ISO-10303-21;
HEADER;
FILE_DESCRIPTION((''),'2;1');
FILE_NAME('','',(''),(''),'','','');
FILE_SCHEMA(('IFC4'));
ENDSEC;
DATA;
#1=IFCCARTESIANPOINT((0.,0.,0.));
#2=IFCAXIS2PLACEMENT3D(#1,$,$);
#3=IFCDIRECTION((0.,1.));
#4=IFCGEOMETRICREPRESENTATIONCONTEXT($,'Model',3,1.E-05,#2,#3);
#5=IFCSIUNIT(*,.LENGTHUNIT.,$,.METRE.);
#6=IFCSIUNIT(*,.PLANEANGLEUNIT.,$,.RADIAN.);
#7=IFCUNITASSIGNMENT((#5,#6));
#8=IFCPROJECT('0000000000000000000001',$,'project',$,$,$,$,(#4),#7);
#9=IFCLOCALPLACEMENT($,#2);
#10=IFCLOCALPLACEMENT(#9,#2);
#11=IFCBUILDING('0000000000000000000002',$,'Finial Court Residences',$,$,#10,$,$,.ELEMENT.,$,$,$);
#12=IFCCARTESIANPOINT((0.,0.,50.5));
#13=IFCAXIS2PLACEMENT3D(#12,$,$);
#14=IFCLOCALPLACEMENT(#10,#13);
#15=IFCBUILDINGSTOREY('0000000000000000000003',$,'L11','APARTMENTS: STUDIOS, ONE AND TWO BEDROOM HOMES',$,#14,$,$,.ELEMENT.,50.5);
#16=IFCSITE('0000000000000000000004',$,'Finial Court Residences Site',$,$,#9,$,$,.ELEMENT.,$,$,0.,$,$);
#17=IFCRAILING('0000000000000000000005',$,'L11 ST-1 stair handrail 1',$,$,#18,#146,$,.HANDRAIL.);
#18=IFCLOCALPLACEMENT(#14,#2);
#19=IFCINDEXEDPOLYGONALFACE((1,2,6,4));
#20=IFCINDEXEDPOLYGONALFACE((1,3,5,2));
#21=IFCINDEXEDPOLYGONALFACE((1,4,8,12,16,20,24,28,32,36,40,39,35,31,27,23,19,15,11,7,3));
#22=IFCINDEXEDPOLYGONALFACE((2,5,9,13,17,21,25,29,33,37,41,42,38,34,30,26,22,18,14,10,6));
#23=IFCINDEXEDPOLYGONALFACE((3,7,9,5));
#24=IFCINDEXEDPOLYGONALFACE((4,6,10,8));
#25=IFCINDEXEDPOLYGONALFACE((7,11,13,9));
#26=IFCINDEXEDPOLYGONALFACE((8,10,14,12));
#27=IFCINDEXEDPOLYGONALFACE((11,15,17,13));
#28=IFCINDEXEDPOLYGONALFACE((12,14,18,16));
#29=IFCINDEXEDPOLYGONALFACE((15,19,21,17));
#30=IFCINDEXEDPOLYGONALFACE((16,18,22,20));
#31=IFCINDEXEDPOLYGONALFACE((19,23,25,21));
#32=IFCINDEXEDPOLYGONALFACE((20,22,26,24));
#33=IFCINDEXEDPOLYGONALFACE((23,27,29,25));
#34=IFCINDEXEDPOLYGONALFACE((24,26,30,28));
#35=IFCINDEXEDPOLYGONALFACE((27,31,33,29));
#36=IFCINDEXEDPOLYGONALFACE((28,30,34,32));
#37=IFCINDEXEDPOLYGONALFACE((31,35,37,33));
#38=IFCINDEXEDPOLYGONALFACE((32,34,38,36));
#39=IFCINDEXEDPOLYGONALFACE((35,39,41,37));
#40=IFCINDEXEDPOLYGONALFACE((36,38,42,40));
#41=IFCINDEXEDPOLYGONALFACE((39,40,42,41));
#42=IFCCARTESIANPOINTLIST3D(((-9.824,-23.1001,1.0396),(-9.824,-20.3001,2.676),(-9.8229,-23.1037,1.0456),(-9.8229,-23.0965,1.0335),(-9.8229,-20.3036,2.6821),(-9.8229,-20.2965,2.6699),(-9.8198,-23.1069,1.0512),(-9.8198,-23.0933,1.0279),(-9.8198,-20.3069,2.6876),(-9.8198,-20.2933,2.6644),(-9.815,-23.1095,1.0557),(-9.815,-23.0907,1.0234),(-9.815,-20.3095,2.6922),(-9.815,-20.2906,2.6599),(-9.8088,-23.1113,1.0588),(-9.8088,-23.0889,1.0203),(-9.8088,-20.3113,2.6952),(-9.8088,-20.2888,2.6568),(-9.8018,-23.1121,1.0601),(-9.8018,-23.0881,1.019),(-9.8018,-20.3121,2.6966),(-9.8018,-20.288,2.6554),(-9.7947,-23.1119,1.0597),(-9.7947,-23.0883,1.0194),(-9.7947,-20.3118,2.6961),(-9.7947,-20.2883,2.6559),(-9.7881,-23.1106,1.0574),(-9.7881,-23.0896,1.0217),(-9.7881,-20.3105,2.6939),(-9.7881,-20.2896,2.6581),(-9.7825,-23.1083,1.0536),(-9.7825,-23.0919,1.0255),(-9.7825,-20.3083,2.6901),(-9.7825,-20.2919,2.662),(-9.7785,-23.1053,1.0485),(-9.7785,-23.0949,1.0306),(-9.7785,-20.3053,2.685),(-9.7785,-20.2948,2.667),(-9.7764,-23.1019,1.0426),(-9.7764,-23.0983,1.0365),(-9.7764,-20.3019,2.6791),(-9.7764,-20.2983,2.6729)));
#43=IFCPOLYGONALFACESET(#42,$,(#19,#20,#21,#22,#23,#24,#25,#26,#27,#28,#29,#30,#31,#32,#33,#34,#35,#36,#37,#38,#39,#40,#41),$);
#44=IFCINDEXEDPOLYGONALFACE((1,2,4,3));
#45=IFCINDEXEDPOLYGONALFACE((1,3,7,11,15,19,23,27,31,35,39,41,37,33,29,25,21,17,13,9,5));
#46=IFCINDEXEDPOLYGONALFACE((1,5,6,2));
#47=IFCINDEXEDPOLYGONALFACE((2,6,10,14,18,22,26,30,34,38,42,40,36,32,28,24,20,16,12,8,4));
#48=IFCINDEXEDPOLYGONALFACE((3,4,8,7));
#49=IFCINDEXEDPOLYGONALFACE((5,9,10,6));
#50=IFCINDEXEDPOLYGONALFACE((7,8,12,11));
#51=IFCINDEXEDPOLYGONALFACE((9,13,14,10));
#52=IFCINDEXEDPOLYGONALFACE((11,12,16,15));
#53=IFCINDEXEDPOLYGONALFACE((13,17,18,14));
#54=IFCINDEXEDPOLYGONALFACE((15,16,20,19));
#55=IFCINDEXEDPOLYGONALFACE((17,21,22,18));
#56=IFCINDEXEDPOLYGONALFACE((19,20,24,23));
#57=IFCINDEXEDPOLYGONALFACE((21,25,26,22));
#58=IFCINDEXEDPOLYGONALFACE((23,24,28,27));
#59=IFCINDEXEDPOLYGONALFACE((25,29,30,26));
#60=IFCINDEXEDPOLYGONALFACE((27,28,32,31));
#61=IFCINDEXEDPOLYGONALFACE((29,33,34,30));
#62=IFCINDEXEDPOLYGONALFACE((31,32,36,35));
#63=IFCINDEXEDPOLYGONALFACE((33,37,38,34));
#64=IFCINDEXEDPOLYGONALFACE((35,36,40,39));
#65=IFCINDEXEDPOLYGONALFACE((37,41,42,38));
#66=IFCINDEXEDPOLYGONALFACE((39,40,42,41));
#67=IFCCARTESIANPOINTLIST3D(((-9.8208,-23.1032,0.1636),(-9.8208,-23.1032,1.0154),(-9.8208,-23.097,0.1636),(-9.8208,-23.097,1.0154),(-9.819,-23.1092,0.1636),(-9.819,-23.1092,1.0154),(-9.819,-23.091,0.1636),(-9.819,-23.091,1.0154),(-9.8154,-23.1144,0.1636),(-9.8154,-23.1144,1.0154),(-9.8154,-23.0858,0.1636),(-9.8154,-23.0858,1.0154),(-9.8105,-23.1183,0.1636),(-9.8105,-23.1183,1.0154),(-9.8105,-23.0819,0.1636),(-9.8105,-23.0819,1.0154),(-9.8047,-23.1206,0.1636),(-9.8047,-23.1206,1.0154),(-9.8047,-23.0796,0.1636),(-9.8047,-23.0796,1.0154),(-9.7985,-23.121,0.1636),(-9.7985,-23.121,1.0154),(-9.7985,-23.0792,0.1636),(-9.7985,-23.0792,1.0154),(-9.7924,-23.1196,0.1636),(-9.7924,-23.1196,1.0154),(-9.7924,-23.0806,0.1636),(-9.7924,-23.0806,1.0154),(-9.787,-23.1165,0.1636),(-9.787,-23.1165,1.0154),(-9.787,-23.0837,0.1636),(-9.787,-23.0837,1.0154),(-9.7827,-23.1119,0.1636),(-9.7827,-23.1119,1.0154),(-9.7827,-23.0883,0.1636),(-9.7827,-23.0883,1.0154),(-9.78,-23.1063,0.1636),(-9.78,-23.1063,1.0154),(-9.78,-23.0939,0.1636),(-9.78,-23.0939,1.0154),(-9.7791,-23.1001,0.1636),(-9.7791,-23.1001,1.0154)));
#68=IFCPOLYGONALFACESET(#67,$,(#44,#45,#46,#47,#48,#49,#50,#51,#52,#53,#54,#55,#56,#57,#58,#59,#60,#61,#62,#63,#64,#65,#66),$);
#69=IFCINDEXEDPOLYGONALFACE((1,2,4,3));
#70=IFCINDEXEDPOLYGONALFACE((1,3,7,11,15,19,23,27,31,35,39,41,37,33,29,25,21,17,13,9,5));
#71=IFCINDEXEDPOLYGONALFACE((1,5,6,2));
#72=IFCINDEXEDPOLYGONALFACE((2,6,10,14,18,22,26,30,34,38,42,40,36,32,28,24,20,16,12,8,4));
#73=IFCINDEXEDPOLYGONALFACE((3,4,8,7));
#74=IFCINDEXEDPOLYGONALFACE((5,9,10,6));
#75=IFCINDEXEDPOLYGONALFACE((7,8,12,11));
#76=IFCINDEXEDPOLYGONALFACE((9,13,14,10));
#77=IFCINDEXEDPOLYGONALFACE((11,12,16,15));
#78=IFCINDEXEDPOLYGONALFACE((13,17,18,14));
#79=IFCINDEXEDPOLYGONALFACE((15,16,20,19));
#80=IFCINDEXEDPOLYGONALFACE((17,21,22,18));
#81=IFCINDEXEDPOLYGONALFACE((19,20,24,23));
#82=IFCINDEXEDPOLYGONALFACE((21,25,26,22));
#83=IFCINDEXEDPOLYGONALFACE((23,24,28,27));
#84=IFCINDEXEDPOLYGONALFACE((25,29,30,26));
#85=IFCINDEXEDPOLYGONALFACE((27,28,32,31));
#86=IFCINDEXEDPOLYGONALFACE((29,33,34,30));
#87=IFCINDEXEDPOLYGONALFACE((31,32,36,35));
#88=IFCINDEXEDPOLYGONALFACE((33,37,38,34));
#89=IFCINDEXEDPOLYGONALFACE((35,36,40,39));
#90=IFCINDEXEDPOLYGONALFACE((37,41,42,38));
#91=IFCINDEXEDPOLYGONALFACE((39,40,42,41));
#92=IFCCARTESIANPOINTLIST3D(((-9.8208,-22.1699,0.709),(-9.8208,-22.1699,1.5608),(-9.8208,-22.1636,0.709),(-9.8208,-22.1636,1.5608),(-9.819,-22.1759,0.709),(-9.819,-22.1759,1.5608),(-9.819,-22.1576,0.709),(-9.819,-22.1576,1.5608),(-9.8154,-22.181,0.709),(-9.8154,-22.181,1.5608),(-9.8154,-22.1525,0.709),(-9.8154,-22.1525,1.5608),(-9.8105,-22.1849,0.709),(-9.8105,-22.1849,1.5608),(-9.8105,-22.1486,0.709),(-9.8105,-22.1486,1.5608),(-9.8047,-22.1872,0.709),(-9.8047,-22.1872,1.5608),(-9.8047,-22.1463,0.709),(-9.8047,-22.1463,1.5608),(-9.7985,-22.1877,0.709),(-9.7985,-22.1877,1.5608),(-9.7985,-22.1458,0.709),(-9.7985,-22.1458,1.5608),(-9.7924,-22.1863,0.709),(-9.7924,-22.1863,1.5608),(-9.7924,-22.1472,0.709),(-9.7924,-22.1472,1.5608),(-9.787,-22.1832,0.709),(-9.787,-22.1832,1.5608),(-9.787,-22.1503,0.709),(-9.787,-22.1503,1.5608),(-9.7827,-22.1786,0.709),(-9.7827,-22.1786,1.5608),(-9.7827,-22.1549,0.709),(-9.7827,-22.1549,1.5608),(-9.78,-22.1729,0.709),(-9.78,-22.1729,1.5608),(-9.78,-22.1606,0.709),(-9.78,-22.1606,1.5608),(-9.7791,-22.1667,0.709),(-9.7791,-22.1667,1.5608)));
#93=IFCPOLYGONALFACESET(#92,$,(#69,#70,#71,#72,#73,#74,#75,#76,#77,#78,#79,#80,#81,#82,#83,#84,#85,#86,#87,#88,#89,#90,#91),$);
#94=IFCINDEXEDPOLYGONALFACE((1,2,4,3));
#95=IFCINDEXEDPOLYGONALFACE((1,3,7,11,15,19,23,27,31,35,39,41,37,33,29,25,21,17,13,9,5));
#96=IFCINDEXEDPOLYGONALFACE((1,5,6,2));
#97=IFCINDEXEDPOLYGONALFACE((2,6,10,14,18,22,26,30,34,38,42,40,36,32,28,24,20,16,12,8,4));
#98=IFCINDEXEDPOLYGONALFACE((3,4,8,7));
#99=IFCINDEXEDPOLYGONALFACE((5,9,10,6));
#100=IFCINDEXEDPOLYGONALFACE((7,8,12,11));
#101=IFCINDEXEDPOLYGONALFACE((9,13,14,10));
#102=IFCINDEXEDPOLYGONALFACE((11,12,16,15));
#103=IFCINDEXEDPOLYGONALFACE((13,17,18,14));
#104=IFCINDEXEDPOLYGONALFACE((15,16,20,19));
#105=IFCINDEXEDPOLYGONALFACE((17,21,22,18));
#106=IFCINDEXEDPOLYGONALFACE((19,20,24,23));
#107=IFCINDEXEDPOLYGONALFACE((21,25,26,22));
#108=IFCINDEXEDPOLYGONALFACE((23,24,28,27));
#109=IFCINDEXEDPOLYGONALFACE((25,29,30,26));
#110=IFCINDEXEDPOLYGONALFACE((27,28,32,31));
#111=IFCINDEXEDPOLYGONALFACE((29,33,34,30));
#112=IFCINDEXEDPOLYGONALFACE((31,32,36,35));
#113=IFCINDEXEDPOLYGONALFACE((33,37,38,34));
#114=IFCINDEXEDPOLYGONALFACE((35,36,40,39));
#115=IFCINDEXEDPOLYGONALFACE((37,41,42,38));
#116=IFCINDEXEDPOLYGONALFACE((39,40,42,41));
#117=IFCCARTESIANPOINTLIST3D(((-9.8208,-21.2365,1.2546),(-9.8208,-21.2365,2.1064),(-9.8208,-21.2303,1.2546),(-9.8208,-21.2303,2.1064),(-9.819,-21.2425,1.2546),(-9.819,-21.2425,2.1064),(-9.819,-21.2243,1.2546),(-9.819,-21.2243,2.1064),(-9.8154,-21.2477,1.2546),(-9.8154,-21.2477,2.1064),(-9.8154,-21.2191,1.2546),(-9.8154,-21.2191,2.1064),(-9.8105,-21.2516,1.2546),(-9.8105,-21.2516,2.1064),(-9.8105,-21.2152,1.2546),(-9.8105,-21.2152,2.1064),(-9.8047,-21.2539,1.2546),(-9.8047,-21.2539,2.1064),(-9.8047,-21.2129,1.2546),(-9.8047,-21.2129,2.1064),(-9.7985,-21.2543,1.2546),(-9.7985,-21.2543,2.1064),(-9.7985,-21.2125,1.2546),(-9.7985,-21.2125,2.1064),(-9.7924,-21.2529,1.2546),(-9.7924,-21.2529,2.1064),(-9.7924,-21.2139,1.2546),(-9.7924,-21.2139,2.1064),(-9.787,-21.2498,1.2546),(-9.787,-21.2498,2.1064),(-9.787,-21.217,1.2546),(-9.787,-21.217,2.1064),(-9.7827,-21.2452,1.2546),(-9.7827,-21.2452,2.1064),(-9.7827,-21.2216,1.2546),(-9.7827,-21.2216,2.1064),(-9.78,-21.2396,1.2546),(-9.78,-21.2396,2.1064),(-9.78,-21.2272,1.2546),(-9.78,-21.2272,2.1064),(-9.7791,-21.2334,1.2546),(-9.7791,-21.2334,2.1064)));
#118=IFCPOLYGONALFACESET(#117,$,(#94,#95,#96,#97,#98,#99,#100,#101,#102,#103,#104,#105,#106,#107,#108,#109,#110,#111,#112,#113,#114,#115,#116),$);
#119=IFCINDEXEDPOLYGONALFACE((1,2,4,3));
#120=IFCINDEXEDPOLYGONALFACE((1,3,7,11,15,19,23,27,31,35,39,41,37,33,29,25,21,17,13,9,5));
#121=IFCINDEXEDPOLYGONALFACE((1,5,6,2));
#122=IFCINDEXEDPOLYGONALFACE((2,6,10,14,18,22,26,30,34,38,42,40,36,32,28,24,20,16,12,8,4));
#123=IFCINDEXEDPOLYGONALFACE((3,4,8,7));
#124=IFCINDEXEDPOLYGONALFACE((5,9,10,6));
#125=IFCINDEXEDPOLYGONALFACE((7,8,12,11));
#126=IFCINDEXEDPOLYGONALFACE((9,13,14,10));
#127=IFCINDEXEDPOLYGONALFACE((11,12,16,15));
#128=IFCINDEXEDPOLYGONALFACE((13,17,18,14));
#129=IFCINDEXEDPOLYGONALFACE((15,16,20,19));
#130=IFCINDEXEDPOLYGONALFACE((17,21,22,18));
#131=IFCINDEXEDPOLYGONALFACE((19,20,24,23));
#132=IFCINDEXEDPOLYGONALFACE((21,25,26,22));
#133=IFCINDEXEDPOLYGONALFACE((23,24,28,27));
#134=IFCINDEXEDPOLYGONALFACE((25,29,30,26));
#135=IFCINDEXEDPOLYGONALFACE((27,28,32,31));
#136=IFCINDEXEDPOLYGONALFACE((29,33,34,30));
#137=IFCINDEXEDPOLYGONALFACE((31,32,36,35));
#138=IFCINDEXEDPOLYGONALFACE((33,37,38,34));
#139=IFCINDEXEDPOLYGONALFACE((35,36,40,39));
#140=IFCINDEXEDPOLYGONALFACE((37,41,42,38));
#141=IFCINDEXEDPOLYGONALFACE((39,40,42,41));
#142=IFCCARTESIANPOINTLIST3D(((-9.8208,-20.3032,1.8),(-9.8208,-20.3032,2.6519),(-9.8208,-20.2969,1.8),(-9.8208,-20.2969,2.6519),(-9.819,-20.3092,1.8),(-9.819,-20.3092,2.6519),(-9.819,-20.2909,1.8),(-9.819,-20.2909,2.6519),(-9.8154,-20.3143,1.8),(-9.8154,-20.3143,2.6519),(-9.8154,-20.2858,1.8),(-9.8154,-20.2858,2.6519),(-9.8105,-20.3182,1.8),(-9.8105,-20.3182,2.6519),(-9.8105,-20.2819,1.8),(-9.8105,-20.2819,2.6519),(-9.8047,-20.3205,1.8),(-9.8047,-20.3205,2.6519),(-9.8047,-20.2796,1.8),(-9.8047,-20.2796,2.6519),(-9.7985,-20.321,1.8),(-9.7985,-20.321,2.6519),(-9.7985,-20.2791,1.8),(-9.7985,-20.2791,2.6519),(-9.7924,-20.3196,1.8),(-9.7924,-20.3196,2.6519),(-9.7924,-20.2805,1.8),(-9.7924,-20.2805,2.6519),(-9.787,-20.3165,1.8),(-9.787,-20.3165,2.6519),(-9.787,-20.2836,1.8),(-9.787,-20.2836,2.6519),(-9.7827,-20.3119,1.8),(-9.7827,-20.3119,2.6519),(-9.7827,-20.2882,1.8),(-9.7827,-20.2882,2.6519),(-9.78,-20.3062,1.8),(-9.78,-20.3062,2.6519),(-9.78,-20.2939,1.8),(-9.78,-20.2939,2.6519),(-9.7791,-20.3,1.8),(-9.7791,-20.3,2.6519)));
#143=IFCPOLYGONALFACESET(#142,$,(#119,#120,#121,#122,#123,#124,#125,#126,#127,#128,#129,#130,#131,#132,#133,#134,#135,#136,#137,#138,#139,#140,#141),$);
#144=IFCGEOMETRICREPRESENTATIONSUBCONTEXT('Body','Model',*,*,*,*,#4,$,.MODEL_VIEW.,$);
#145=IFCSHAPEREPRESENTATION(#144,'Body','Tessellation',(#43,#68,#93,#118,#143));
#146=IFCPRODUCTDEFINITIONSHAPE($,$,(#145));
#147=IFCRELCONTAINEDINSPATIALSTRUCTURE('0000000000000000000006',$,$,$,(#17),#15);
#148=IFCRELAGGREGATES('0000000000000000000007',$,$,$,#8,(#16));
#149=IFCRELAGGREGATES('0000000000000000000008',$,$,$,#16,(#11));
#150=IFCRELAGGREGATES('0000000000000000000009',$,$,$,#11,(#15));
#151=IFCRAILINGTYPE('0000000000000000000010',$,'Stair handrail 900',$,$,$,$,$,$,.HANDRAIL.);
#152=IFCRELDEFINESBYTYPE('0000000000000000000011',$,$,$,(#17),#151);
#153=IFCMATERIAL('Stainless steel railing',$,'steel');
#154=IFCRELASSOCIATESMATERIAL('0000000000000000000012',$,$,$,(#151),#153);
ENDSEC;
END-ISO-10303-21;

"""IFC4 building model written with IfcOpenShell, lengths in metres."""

from ifc_helpers import new_model, si_unit, direction, frame, origin, origin_2d, place, context, subcontext, project, spatial, circle, extrude, material, type_object, element, save


model = new_model("IFC4")

# Units and contexts
model_context = context("Model", 3, precision=1e-05, world=origin(), true_north=direction((0.0, 1.0)))
body_context = subcontext(model_context, "Body", "Model", "MODEL_VIEW")
ifc_project = project(units=[si_unit("LENGTHUNIT", "METRE"), si_unit("PLANEANGLEUNIT", "RADIAN")], contexts=[model_context])

# Site, building, storey
site_placement = place(None, origin())
site = spatial("IfcSite", under=ifc_project, at=site_placement, Name="Finial Court Residences Site", CompositionType="ELEMENT", RefElevation=0.0)
building_placement = place(site_placement, origin())
building = spatial("IfcBuilding", under=site, at=building_placement, Name="Finial Court Residences", CompositionType="ELEMENT")
storey_placement = place(building_placement, frame((0.0, 0.0, 50.5)))
storey = spatial("IfcBuildingStorey", under=building, at=storey_placement, Name="L11", Description="APARTMENTS: STUDIOS, ONE AND TWO BEDROOM HOMES", CompositionType="ELEMENT", Elevation=50.5)

# Railing
ifc_material_1 = material(Name="Stainless steel railing", Category="steel")
railing_type_1 = type_object("IfcRailingType", Name="Stair handrail 900", PredefinedType="HANDRAIL", material=ifc_material_1)
railing_1_placement = place(storey_placement, frame((-9.8, -23.1001, 0.1636)))
element("IfcRailing", 1, at=railing_1_placement, inside=storey, type_object=railing_type_1, Name="L11 ST-1 stair handrail 1", PredefinedType="HANDRAIL", context=body_context, shape_type="SweptSolid", body=[
    extrude(circle(Radius=0.0239, at=origin_2d()), frame((0.0, 0.0, 0.876), z_axis=(0.0, 0.863361, 0.504587), x_axis=(-1.0, 0.0, 0.0)), (0.0, 0.0, 1.0), 3.2432),
    extrude(circle(Radius=0.021, at=origin_2d()), origin(), (0.0, 0.0, 1.0), 0.8518),
    extrude(circle(Radius=0.021, at=origin_2d()), frame((0.0, 0.9333, 0.5454)), (0.0, 0.0, 1.0), 0.8518),
    extrude(circle(Radius=0.021, at=origin_2d()), frame((0.0, 1.8667, 1.0911)), (0.0, 0.0, 1.0), 0.8518),
    extrude(circle(Radius=0.021, at=origin_2d()), frame((0.0, 2.8, 1.6365)), (0.0, 0.0, 1.0), 0.8518),
])

save(model, "model.ifc")
